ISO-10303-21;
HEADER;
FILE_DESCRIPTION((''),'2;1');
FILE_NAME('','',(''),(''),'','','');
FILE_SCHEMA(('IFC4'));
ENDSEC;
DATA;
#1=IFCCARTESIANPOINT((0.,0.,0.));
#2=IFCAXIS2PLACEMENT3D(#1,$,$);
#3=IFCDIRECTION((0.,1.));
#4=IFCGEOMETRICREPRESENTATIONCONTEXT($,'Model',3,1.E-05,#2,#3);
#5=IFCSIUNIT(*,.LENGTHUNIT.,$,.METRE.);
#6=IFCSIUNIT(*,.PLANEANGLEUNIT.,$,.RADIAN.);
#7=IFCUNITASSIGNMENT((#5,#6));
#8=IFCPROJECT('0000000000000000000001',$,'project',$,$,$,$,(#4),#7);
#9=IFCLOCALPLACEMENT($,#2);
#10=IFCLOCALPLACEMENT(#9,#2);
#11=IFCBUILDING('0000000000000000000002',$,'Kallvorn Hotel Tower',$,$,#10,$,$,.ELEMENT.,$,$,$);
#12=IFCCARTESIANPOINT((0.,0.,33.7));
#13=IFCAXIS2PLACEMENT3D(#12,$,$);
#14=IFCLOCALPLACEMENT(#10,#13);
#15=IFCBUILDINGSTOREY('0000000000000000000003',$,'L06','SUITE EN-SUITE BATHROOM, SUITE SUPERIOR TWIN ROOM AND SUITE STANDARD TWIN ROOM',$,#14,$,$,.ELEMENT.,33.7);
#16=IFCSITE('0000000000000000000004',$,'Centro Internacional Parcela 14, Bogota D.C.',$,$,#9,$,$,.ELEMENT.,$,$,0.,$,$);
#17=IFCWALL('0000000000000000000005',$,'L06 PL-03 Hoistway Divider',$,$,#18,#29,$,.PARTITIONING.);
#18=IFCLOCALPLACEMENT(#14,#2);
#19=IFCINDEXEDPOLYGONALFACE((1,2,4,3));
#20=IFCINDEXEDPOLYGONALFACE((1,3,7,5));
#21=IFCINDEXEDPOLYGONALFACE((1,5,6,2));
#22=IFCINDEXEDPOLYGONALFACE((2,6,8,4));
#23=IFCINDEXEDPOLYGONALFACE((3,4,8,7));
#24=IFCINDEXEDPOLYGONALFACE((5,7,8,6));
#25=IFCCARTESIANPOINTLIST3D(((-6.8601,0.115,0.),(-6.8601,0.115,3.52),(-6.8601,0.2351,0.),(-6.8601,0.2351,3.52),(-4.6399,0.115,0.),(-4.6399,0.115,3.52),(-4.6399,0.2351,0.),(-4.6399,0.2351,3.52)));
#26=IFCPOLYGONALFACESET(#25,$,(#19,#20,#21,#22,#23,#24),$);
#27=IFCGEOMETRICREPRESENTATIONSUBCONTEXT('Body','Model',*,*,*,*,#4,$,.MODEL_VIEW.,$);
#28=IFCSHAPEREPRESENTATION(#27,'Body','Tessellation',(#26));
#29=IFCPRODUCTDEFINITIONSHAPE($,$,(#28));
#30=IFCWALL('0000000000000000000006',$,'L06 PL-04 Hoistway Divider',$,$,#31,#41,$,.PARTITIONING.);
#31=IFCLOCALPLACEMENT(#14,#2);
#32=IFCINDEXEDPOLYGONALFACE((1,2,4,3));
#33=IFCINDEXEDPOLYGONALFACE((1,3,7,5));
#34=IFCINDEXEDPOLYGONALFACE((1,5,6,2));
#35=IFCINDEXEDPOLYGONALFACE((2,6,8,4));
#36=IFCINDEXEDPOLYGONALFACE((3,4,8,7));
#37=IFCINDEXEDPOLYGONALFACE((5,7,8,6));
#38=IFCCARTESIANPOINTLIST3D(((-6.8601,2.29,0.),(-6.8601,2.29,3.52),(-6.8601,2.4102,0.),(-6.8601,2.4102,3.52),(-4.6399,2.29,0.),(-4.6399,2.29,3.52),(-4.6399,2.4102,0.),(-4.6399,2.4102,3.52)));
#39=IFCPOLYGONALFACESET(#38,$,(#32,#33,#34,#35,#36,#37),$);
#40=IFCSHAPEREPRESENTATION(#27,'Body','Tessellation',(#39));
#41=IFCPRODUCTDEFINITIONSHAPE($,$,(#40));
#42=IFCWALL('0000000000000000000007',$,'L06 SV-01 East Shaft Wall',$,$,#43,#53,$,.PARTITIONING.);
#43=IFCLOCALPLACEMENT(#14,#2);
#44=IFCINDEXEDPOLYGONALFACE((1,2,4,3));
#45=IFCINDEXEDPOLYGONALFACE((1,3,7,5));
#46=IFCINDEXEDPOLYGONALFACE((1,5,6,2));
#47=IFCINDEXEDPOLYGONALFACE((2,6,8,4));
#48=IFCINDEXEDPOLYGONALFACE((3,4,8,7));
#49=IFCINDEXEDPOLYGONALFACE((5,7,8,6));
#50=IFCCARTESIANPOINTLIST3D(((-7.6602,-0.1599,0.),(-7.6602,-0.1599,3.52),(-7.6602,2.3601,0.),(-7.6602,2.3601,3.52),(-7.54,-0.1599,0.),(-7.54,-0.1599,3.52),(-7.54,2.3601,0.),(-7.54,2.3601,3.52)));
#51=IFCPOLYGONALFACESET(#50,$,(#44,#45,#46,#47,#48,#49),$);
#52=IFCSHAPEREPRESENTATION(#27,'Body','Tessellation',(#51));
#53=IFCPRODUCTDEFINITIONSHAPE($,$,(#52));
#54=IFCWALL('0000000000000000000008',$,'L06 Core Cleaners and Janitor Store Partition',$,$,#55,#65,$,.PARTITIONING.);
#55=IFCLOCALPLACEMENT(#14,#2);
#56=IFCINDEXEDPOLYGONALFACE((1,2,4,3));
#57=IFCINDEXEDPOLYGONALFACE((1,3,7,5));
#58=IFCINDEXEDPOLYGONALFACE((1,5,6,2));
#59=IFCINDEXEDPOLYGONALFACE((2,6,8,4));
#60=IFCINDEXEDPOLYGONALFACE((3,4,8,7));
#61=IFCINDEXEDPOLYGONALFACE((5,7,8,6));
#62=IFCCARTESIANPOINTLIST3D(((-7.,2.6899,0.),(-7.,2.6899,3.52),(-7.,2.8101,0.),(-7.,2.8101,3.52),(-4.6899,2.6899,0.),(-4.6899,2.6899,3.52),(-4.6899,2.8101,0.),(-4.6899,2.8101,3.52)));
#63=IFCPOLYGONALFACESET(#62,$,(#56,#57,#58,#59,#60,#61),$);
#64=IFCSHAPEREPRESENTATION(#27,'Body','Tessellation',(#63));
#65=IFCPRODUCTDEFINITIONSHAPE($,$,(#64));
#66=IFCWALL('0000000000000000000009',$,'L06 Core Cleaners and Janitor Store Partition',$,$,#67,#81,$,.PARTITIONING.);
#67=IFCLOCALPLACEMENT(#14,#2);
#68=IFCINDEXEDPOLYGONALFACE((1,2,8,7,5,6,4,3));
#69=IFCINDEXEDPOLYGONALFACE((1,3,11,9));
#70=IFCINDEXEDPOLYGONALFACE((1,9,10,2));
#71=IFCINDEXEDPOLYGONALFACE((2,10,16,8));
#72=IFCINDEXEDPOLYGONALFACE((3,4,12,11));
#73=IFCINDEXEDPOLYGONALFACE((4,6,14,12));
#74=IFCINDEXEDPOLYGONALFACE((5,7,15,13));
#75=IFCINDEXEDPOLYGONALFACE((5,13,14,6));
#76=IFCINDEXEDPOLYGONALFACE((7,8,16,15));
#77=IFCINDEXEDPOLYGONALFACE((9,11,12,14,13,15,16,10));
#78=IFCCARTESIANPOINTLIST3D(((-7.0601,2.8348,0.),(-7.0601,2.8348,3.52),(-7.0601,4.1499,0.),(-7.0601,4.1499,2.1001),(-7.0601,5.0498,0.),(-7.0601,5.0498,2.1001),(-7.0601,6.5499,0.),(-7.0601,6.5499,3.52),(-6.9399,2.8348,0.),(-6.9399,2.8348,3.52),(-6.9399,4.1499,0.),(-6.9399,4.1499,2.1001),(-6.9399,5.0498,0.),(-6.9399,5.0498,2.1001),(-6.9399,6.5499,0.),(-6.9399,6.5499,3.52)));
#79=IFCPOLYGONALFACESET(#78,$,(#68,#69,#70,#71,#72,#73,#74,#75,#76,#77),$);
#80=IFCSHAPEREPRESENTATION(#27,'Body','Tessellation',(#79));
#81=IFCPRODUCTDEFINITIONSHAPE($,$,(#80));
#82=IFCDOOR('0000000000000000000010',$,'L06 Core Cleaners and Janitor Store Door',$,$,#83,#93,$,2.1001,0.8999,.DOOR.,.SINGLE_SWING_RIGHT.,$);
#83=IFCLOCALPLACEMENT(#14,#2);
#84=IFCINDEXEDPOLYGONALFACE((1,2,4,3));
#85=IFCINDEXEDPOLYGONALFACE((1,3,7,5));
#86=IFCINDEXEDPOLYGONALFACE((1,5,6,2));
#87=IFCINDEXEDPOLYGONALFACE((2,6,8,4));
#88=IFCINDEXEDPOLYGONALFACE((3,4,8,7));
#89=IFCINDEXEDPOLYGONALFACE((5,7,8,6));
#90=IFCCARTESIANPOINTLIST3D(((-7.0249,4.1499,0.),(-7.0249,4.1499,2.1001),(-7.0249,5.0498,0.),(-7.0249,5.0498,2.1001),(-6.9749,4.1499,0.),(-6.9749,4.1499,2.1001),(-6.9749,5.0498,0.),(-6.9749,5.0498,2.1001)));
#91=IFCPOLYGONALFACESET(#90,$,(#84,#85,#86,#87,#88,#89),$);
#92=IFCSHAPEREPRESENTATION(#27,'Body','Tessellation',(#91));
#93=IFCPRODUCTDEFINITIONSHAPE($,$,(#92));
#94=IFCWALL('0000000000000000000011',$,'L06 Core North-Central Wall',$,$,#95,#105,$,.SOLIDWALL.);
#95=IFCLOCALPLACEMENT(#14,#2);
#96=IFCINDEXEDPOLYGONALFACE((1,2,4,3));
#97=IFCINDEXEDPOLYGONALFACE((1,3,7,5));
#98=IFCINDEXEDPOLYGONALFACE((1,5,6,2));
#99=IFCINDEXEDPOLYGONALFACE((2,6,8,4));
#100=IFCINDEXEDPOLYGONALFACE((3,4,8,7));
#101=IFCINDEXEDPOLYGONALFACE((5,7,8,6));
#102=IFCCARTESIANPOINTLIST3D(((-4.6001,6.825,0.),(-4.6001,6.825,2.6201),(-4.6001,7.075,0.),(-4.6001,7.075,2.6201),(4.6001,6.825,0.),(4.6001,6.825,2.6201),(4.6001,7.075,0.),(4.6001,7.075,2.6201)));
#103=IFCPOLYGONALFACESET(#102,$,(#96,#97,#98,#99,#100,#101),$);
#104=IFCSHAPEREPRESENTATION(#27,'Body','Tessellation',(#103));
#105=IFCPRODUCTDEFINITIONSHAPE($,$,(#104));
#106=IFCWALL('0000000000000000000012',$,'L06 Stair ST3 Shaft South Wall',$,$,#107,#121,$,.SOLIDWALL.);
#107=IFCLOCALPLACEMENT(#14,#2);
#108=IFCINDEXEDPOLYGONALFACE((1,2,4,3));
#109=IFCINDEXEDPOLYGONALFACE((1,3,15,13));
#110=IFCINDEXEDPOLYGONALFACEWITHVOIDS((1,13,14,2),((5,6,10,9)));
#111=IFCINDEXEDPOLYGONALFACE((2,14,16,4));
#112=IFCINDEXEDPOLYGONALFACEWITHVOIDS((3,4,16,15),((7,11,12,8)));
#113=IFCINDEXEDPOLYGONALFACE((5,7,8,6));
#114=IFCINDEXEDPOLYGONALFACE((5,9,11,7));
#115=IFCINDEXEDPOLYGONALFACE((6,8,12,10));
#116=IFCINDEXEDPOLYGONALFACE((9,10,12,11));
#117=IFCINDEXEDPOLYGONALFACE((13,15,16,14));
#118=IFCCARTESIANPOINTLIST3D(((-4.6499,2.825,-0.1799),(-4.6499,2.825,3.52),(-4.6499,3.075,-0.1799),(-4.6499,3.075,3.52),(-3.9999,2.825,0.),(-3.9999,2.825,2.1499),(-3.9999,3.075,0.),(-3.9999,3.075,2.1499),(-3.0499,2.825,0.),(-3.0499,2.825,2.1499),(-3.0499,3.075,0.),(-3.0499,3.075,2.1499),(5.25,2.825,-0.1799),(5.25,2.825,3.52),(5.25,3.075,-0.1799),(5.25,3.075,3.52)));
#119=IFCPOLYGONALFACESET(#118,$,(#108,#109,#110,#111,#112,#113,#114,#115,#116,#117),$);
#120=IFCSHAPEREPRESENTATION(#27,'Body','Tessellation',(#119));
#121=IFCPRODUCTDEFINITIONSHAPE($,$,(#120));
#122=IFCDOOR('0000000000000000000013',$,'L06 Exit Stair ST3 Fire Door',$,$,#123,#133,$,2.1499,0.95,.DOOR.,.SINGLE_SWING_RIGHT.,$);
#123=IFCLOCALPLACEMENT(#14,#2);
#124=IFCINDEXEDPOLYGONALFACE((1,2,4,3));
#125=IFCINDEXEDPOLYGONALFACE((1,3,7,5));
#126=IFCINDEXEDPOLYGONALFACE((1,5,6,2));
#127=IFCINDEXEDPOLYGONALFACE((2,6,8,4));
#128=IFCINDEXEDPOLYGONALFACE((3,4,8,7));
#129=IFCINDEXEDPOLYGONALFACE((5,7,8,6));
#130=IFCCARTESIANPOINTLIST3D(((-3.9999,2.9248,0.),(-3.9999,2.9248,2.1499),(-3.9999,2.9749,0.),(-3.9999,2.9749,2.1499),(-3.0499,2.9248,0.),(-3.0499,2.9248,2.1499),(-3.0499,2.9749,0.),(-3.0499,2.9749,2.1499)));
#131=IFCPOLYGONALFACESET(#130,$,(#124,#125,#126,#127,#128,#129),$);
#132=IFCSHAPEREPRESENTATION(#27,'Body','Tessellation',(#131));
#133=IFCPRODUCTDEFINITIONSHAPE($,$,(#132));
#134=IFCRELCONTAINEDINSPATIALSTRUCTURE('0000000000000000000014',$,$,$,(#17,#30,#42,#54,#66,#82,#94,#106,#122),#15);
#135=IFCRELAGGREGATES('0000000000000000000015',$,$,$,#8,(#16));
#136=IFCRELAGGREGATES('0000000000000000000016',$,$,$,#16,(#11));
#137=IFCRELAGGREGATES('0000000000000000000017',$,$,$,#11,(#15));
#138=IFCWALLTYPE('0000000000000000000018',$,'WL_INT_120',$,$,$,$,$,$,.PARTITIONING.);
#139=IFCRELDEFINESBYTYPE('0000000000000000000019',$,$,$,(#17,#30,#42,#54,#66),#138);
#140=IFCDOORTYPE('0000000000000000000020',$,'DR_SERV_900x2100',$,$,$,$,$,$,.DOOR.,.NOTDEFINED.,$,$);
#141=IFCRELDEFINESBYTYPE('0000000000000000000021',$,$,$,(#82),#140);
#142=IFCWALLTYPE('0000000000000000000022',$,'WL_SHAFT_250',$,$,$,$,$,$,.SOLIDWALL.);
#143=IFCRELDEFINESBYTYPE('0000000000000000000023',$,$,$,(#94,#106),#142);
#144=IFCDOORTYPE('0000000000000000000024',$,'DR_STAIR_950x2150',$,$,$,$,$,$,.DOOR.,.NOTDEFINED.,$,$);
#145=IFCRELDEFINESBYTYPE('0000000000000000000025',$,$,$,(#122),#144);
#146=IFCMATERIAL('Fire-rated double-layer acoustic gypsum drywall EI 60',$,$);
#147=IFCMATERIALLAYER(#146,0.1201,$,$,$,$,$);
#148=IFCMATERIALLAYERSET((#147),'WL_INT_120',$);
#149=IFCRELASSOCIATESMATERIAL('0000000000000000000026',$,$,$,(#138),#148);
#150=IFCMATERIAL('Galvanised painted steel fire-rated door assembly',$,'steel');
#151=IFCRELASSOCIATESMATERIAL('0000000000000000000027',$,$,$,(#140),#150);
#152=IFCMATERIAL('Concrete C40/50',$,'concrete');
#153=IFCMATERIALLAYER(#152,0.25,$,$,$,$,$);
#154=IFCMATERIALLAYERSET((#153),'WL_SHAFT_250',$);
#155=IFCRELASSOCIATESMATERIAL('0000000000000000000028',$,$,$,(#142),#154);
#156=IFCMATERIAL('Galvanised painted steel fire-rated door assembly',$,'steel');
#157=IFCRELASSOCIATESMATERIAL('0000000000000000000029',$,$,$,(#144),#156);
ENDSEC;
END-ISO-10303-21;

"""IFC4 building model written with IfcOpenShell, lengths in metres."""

from ifc_helpers import new_model, si_unit, direction, frame, frame_2d, origin, place, context, subcontext, project, spatial, rectangle, extrude, material, layer, layer_set, type_object, element, fill, save


model = new_model("IFC4")

# Units and contexts
model_context = context("Model", 3, precision=1e-05, world=origin(), true_north=direction((0.0, 1.0)))
body_context = subcontext(model_context, "Body", "Model", "MODEL_VIEW")
ifc_project = project(units=[si_unit("LENGTHUNIT", "METRE"), si_unit("PLANEANGLEUNIT", "RADIAN")], contexts=[model_context])

# Site, building, storey
site_placement = place(None, origin())
site = spatial("IfcSite", under=ifc_project, at=site_placement, Name="Centro Internacional Parcela 14, Bogota D.C.", CompositionType="ELEMENT", RefElevation=0.0)
building_placement = place(site_placement, origin())
building = spatial("IfcBuilding", under=site, at=building_placement, Name="Kallvorn Hotel Tower", CompositionType="ELEMENT")
storey_placement = place(building_placement, frame((0.0, 0.0, 33.7)))
storey = spatial("IfcBuildingStorey", under=building, at=storey_placement, Name="L06", Description="SUITE EN-SUITE BATHROOM, SUITE SUPERIOR TWIN ROOM AND SUITE STANDARD TWIN ROOM", CompositionType="ELEMENT", Elevation=33.7)

# Walls
ifc_material_1 = material(Name="Fire-rated double-layer acoustic gypsum drywall EI 60")
ifc_layer_1 = layer(ifc_material_1, 0.1201)
ifc_layer_set_1 = layer_set([ifc_layer_1], Name="WL_INT_120")
wall_type_1 = type_object("IfcWallType", Name="WL_INT_120", PredefinedType="PARTITIONING", material=ifc_layer_set_1)
for number, where, z_axis, x_axis, name in (
    (1, (-6.8601, 0.175, 0.0), (0.0, 0.0, 1.0), (1.0, 0.0, 0.0), "L06 PL-03 Hoistway Divider"),
    (2, (-6.8601, 2.3501, 0.0), (0.0, 0.0, 1.0), (1.0, 0.0, 0.0), "L06 PL-04 Hoistway Divider"),
):
    element("IfcWall", number, at=place(storey_placement, frame(where, z_axis=z_axis, x_axis=x_axis)), inside=storey, type_object=wall_type_1, Name=name, PredefinedType="PARTITIONING", context=body_context, shape_type="SweptSolid", body=[
        extrude(rectangle(XDim=2.2202, YDim=0.1201, at=frame_2d((1.1101, 0.0))), origin(), (0.0, 0.0, 1.0), 3.52),
    ])
wall_1_placement = place(storey_placement, frame((-7.6001, -0.1599, 0.0), z_axis=(0.0, 0.0, 1.0), x_axis=(0.0, 1.0, 0.0)))
element("IfcWall", 3, at=wall_1_placement, inside=storey, type_object=wall_type_1, Name="L06 SV-01 East Shaft Wall", PredefinedType="PARTITIONING", context=body_context, shape_type="SweptSolid", body=[
    extrude(rectangle(XDim=2.52, YDim=0.1201, at=frame_2d((1.26, 0.0))), origin(), (0.0, 0.0, 1.0), 3.52),
])
wall_2_placement = place(storey_placement, frame((-7.0, 2.75, 0.0), z_axis=(0.0, 0.0, 1.0), x_axis=(1.0, 0.0, 0.0)))
element("IfcWall", 4, at=wall_2_placement, inside=storey, type_object=wall_type_1, Name="L06 Core Cleaners and Janitor Store Partition", PredefinedType="PARTITIONING", context=body_context, shape_type="SweptSolid", body=[
    extrude(rectangle(XDim=2.3101, YDim=0.1201, at=frame_2d((1.155, 0.0))), origin(), (0.0, 0.0, 1.0), 3.52),
])

# Wall, opening, door
wall_3_placement = place(storey_placement, frame((-7.0, 2.835, 0.0), z_axis=(0.0, 0.0, 1.0), x_axis=(0.0, 1.0, 0.0)))
wall_3 = element("IfcWall", 5, at=wall_3_placement, inside=storey, type_object=wall_type_1, Name="L06 Core Cleaners and Janitor Store Partition", PredefinedType="PARTITIONING", context=body_context, shape_type="SweptSolid", body=[
    extrude(rectangle(XDim=3.7151, YDim=0.1201, at=frame_2d((1.8574, 0.0))), origin(), (0.0, 0.0, 1.0), 3.52),
])
opening_1_placement = place(wall_3_placement, frame((1.3149, 0.0, 0.0)))
opening_1 = element("IfcOpeningElement", 6, at=opening_1_placement, cuts=wall_3, PredefinedType="OPENING", context=body_context, shape_type="SweptSolid", body=[
    extrude(rectangle(XDim=0.8999, YDim=2.1001, at=frame_2d((0.45, 1.05))), frame((0.0, 0.075, 0.0), z_axis=(0.0, -1.0, 0.0), x_axis=(1.0, 0.0, 0.0)), (0.0, 0.0, 1.0), 0.1501),
])
ifc_material_2 = material(Name="Galvanised painted steel fire-rated door assembly", Category="steel")
door_type_1 = type_object("IfcDoorType", Name="DR_SERV_900x2100", OperationType="NOTDEFINED", PredefinedType="DOOR", material=ifc_material_2)
door_1_placement = place(opening_1_placement, origin())
door_1 = element("IfcDoor", 7, at=door_1_placement, inside=storey, type_object=door_type_1, Name="L06 Core Cleaners and Janitor Store Door", OperationType="SINGLE_SWING_RIGHT", OverallHeight=2.1001, OverallWidth=0.8999, PredefinedType="DOOR", context=body_context, shape_type="SweptSolid", body=[
    extrude(rectangle(XDim=0.8999, YDim=2.1001, at=frame_2d((0.45, 1.05))), frame((0.0, 0.0249, 0.0), z_axis=(0.0, -1.0, 0.0), x_axis=(1.0, 0.0, 0.0)), (0.0, 0.0, 1.0), 0.05),
])
fill(opening_1, door_1)

# Wall
ifc_material_3 = material(Name="Concrete C40/50", Category="concrete")
ifc_layer_2 = layer(ifc_material_3, 0.25)
ifc_layer_set_2 = layer_set([ifc_layer_2], Name="WL_SHAFT_250")
wall_type_2 = type_object("IfcWallType", Name="WL_SHAFT_250", PredefinedType="SOLIDWALL", material=ifc_layer_set_2)
wall_4_placement = place(storey_placement, frame((-4.6001, 6.95, 0.0), z_axis=(0.0, 0.0, 1.0), x_axis=(1.0, 0.0, 0.0)))
element("IfcWall", 8, at=wall_4_placement, inside=storey, type_object=wall_type_2, Name="L06 Core North-Central Wall", PredefinedType="SOLIDWALL", context=body_context, shape_type="SweptSolid", body=[
    extrude(rectangle(XDim=9.2002, YDim=0.25, at=frame_2d((4.6001, 0.0))), origin(), (0.0, 0.0, 1.0), 2.6201),
])

# Wall, opening, door
wall_5_placement = place(storey_placement, frame((-4.6499, 2.95, -0.1799), z_axis=(0.0, 0.0, 1.0), x_axis=(1.0, 0.0, 0.0)))
wall_5 = element("IfcWall", 9, at=wall_5_placement, inside=storey, type_object=wall_type_2, Name="L06 Stair ST3 Shaft South Wall", PredefinedType="SOLIDWALL", context=body_context, shape_type="SweptSolid", body=[
    extrude(rectangle(XDim=9.8999, YDim=0.25, at=frame_2d((4.95, 0.0))), origin(), (0.0, 0.0, 1.0), 3.7),
])
opening_2_placement = place(wall_5_placement, frame((0.6499, 0.0, 0.1799)))
opening_2 = element("IfcOpeningElement", 10, at=opening_2_placement, cuts=wall_5, PredefinedType="OPENING", context=body_context, shape_type="SweptSolid", body=[
    extrude(rectangle(XDim=0.95, YDim=2.1499, at=frame_2d((0.4751, 1.075))), frame((0.0, 0.1399, 0.0), z_axis=(0.0, -1.0, 0.0), x_axis=(1.0, 0.0, 0.0)), (0.0, 0.0, 1.0), 0.28),
])
ifc_material_4 = material(Name="Galvanised painted steel fire-rated door assembly", Category="steel")
door_type_2 = type_object("IfcDoorType", Name="DR_STAIR_950x2150", OperationType="NOTDEFINED", PredefinedType="DOOR", material=ifc_material_4)
door_2_placement = place(opening_2_placement, origin())
door_2 = element("IfcDoor", 11, at=door_2_placement, inside=storey, type_object=door_type_2, Name="L06 Exit Stair ST3 Fire Door", OperationType="SINGLE_SWING_RIGHT", OverallHeight=2.1499, OverallWidth=0.95, PredefinedType="DOOR", context=body_context, shape_type="SweptSolid", body=[
    extrude(rectangle(XDim=0.95, YDim=2.1499, at=frame_2d((0.4751, 1.075))), frame((0.0, 0.0249, 0.0), z_axis=(0.0, -1.0, 0.0), x_axis=(1.0, 0.0, 0.0)), (0.0, 0.0, 1.0), 0.05),
])
fill(opening_2, door_2)

save(model, "model.ifc")
